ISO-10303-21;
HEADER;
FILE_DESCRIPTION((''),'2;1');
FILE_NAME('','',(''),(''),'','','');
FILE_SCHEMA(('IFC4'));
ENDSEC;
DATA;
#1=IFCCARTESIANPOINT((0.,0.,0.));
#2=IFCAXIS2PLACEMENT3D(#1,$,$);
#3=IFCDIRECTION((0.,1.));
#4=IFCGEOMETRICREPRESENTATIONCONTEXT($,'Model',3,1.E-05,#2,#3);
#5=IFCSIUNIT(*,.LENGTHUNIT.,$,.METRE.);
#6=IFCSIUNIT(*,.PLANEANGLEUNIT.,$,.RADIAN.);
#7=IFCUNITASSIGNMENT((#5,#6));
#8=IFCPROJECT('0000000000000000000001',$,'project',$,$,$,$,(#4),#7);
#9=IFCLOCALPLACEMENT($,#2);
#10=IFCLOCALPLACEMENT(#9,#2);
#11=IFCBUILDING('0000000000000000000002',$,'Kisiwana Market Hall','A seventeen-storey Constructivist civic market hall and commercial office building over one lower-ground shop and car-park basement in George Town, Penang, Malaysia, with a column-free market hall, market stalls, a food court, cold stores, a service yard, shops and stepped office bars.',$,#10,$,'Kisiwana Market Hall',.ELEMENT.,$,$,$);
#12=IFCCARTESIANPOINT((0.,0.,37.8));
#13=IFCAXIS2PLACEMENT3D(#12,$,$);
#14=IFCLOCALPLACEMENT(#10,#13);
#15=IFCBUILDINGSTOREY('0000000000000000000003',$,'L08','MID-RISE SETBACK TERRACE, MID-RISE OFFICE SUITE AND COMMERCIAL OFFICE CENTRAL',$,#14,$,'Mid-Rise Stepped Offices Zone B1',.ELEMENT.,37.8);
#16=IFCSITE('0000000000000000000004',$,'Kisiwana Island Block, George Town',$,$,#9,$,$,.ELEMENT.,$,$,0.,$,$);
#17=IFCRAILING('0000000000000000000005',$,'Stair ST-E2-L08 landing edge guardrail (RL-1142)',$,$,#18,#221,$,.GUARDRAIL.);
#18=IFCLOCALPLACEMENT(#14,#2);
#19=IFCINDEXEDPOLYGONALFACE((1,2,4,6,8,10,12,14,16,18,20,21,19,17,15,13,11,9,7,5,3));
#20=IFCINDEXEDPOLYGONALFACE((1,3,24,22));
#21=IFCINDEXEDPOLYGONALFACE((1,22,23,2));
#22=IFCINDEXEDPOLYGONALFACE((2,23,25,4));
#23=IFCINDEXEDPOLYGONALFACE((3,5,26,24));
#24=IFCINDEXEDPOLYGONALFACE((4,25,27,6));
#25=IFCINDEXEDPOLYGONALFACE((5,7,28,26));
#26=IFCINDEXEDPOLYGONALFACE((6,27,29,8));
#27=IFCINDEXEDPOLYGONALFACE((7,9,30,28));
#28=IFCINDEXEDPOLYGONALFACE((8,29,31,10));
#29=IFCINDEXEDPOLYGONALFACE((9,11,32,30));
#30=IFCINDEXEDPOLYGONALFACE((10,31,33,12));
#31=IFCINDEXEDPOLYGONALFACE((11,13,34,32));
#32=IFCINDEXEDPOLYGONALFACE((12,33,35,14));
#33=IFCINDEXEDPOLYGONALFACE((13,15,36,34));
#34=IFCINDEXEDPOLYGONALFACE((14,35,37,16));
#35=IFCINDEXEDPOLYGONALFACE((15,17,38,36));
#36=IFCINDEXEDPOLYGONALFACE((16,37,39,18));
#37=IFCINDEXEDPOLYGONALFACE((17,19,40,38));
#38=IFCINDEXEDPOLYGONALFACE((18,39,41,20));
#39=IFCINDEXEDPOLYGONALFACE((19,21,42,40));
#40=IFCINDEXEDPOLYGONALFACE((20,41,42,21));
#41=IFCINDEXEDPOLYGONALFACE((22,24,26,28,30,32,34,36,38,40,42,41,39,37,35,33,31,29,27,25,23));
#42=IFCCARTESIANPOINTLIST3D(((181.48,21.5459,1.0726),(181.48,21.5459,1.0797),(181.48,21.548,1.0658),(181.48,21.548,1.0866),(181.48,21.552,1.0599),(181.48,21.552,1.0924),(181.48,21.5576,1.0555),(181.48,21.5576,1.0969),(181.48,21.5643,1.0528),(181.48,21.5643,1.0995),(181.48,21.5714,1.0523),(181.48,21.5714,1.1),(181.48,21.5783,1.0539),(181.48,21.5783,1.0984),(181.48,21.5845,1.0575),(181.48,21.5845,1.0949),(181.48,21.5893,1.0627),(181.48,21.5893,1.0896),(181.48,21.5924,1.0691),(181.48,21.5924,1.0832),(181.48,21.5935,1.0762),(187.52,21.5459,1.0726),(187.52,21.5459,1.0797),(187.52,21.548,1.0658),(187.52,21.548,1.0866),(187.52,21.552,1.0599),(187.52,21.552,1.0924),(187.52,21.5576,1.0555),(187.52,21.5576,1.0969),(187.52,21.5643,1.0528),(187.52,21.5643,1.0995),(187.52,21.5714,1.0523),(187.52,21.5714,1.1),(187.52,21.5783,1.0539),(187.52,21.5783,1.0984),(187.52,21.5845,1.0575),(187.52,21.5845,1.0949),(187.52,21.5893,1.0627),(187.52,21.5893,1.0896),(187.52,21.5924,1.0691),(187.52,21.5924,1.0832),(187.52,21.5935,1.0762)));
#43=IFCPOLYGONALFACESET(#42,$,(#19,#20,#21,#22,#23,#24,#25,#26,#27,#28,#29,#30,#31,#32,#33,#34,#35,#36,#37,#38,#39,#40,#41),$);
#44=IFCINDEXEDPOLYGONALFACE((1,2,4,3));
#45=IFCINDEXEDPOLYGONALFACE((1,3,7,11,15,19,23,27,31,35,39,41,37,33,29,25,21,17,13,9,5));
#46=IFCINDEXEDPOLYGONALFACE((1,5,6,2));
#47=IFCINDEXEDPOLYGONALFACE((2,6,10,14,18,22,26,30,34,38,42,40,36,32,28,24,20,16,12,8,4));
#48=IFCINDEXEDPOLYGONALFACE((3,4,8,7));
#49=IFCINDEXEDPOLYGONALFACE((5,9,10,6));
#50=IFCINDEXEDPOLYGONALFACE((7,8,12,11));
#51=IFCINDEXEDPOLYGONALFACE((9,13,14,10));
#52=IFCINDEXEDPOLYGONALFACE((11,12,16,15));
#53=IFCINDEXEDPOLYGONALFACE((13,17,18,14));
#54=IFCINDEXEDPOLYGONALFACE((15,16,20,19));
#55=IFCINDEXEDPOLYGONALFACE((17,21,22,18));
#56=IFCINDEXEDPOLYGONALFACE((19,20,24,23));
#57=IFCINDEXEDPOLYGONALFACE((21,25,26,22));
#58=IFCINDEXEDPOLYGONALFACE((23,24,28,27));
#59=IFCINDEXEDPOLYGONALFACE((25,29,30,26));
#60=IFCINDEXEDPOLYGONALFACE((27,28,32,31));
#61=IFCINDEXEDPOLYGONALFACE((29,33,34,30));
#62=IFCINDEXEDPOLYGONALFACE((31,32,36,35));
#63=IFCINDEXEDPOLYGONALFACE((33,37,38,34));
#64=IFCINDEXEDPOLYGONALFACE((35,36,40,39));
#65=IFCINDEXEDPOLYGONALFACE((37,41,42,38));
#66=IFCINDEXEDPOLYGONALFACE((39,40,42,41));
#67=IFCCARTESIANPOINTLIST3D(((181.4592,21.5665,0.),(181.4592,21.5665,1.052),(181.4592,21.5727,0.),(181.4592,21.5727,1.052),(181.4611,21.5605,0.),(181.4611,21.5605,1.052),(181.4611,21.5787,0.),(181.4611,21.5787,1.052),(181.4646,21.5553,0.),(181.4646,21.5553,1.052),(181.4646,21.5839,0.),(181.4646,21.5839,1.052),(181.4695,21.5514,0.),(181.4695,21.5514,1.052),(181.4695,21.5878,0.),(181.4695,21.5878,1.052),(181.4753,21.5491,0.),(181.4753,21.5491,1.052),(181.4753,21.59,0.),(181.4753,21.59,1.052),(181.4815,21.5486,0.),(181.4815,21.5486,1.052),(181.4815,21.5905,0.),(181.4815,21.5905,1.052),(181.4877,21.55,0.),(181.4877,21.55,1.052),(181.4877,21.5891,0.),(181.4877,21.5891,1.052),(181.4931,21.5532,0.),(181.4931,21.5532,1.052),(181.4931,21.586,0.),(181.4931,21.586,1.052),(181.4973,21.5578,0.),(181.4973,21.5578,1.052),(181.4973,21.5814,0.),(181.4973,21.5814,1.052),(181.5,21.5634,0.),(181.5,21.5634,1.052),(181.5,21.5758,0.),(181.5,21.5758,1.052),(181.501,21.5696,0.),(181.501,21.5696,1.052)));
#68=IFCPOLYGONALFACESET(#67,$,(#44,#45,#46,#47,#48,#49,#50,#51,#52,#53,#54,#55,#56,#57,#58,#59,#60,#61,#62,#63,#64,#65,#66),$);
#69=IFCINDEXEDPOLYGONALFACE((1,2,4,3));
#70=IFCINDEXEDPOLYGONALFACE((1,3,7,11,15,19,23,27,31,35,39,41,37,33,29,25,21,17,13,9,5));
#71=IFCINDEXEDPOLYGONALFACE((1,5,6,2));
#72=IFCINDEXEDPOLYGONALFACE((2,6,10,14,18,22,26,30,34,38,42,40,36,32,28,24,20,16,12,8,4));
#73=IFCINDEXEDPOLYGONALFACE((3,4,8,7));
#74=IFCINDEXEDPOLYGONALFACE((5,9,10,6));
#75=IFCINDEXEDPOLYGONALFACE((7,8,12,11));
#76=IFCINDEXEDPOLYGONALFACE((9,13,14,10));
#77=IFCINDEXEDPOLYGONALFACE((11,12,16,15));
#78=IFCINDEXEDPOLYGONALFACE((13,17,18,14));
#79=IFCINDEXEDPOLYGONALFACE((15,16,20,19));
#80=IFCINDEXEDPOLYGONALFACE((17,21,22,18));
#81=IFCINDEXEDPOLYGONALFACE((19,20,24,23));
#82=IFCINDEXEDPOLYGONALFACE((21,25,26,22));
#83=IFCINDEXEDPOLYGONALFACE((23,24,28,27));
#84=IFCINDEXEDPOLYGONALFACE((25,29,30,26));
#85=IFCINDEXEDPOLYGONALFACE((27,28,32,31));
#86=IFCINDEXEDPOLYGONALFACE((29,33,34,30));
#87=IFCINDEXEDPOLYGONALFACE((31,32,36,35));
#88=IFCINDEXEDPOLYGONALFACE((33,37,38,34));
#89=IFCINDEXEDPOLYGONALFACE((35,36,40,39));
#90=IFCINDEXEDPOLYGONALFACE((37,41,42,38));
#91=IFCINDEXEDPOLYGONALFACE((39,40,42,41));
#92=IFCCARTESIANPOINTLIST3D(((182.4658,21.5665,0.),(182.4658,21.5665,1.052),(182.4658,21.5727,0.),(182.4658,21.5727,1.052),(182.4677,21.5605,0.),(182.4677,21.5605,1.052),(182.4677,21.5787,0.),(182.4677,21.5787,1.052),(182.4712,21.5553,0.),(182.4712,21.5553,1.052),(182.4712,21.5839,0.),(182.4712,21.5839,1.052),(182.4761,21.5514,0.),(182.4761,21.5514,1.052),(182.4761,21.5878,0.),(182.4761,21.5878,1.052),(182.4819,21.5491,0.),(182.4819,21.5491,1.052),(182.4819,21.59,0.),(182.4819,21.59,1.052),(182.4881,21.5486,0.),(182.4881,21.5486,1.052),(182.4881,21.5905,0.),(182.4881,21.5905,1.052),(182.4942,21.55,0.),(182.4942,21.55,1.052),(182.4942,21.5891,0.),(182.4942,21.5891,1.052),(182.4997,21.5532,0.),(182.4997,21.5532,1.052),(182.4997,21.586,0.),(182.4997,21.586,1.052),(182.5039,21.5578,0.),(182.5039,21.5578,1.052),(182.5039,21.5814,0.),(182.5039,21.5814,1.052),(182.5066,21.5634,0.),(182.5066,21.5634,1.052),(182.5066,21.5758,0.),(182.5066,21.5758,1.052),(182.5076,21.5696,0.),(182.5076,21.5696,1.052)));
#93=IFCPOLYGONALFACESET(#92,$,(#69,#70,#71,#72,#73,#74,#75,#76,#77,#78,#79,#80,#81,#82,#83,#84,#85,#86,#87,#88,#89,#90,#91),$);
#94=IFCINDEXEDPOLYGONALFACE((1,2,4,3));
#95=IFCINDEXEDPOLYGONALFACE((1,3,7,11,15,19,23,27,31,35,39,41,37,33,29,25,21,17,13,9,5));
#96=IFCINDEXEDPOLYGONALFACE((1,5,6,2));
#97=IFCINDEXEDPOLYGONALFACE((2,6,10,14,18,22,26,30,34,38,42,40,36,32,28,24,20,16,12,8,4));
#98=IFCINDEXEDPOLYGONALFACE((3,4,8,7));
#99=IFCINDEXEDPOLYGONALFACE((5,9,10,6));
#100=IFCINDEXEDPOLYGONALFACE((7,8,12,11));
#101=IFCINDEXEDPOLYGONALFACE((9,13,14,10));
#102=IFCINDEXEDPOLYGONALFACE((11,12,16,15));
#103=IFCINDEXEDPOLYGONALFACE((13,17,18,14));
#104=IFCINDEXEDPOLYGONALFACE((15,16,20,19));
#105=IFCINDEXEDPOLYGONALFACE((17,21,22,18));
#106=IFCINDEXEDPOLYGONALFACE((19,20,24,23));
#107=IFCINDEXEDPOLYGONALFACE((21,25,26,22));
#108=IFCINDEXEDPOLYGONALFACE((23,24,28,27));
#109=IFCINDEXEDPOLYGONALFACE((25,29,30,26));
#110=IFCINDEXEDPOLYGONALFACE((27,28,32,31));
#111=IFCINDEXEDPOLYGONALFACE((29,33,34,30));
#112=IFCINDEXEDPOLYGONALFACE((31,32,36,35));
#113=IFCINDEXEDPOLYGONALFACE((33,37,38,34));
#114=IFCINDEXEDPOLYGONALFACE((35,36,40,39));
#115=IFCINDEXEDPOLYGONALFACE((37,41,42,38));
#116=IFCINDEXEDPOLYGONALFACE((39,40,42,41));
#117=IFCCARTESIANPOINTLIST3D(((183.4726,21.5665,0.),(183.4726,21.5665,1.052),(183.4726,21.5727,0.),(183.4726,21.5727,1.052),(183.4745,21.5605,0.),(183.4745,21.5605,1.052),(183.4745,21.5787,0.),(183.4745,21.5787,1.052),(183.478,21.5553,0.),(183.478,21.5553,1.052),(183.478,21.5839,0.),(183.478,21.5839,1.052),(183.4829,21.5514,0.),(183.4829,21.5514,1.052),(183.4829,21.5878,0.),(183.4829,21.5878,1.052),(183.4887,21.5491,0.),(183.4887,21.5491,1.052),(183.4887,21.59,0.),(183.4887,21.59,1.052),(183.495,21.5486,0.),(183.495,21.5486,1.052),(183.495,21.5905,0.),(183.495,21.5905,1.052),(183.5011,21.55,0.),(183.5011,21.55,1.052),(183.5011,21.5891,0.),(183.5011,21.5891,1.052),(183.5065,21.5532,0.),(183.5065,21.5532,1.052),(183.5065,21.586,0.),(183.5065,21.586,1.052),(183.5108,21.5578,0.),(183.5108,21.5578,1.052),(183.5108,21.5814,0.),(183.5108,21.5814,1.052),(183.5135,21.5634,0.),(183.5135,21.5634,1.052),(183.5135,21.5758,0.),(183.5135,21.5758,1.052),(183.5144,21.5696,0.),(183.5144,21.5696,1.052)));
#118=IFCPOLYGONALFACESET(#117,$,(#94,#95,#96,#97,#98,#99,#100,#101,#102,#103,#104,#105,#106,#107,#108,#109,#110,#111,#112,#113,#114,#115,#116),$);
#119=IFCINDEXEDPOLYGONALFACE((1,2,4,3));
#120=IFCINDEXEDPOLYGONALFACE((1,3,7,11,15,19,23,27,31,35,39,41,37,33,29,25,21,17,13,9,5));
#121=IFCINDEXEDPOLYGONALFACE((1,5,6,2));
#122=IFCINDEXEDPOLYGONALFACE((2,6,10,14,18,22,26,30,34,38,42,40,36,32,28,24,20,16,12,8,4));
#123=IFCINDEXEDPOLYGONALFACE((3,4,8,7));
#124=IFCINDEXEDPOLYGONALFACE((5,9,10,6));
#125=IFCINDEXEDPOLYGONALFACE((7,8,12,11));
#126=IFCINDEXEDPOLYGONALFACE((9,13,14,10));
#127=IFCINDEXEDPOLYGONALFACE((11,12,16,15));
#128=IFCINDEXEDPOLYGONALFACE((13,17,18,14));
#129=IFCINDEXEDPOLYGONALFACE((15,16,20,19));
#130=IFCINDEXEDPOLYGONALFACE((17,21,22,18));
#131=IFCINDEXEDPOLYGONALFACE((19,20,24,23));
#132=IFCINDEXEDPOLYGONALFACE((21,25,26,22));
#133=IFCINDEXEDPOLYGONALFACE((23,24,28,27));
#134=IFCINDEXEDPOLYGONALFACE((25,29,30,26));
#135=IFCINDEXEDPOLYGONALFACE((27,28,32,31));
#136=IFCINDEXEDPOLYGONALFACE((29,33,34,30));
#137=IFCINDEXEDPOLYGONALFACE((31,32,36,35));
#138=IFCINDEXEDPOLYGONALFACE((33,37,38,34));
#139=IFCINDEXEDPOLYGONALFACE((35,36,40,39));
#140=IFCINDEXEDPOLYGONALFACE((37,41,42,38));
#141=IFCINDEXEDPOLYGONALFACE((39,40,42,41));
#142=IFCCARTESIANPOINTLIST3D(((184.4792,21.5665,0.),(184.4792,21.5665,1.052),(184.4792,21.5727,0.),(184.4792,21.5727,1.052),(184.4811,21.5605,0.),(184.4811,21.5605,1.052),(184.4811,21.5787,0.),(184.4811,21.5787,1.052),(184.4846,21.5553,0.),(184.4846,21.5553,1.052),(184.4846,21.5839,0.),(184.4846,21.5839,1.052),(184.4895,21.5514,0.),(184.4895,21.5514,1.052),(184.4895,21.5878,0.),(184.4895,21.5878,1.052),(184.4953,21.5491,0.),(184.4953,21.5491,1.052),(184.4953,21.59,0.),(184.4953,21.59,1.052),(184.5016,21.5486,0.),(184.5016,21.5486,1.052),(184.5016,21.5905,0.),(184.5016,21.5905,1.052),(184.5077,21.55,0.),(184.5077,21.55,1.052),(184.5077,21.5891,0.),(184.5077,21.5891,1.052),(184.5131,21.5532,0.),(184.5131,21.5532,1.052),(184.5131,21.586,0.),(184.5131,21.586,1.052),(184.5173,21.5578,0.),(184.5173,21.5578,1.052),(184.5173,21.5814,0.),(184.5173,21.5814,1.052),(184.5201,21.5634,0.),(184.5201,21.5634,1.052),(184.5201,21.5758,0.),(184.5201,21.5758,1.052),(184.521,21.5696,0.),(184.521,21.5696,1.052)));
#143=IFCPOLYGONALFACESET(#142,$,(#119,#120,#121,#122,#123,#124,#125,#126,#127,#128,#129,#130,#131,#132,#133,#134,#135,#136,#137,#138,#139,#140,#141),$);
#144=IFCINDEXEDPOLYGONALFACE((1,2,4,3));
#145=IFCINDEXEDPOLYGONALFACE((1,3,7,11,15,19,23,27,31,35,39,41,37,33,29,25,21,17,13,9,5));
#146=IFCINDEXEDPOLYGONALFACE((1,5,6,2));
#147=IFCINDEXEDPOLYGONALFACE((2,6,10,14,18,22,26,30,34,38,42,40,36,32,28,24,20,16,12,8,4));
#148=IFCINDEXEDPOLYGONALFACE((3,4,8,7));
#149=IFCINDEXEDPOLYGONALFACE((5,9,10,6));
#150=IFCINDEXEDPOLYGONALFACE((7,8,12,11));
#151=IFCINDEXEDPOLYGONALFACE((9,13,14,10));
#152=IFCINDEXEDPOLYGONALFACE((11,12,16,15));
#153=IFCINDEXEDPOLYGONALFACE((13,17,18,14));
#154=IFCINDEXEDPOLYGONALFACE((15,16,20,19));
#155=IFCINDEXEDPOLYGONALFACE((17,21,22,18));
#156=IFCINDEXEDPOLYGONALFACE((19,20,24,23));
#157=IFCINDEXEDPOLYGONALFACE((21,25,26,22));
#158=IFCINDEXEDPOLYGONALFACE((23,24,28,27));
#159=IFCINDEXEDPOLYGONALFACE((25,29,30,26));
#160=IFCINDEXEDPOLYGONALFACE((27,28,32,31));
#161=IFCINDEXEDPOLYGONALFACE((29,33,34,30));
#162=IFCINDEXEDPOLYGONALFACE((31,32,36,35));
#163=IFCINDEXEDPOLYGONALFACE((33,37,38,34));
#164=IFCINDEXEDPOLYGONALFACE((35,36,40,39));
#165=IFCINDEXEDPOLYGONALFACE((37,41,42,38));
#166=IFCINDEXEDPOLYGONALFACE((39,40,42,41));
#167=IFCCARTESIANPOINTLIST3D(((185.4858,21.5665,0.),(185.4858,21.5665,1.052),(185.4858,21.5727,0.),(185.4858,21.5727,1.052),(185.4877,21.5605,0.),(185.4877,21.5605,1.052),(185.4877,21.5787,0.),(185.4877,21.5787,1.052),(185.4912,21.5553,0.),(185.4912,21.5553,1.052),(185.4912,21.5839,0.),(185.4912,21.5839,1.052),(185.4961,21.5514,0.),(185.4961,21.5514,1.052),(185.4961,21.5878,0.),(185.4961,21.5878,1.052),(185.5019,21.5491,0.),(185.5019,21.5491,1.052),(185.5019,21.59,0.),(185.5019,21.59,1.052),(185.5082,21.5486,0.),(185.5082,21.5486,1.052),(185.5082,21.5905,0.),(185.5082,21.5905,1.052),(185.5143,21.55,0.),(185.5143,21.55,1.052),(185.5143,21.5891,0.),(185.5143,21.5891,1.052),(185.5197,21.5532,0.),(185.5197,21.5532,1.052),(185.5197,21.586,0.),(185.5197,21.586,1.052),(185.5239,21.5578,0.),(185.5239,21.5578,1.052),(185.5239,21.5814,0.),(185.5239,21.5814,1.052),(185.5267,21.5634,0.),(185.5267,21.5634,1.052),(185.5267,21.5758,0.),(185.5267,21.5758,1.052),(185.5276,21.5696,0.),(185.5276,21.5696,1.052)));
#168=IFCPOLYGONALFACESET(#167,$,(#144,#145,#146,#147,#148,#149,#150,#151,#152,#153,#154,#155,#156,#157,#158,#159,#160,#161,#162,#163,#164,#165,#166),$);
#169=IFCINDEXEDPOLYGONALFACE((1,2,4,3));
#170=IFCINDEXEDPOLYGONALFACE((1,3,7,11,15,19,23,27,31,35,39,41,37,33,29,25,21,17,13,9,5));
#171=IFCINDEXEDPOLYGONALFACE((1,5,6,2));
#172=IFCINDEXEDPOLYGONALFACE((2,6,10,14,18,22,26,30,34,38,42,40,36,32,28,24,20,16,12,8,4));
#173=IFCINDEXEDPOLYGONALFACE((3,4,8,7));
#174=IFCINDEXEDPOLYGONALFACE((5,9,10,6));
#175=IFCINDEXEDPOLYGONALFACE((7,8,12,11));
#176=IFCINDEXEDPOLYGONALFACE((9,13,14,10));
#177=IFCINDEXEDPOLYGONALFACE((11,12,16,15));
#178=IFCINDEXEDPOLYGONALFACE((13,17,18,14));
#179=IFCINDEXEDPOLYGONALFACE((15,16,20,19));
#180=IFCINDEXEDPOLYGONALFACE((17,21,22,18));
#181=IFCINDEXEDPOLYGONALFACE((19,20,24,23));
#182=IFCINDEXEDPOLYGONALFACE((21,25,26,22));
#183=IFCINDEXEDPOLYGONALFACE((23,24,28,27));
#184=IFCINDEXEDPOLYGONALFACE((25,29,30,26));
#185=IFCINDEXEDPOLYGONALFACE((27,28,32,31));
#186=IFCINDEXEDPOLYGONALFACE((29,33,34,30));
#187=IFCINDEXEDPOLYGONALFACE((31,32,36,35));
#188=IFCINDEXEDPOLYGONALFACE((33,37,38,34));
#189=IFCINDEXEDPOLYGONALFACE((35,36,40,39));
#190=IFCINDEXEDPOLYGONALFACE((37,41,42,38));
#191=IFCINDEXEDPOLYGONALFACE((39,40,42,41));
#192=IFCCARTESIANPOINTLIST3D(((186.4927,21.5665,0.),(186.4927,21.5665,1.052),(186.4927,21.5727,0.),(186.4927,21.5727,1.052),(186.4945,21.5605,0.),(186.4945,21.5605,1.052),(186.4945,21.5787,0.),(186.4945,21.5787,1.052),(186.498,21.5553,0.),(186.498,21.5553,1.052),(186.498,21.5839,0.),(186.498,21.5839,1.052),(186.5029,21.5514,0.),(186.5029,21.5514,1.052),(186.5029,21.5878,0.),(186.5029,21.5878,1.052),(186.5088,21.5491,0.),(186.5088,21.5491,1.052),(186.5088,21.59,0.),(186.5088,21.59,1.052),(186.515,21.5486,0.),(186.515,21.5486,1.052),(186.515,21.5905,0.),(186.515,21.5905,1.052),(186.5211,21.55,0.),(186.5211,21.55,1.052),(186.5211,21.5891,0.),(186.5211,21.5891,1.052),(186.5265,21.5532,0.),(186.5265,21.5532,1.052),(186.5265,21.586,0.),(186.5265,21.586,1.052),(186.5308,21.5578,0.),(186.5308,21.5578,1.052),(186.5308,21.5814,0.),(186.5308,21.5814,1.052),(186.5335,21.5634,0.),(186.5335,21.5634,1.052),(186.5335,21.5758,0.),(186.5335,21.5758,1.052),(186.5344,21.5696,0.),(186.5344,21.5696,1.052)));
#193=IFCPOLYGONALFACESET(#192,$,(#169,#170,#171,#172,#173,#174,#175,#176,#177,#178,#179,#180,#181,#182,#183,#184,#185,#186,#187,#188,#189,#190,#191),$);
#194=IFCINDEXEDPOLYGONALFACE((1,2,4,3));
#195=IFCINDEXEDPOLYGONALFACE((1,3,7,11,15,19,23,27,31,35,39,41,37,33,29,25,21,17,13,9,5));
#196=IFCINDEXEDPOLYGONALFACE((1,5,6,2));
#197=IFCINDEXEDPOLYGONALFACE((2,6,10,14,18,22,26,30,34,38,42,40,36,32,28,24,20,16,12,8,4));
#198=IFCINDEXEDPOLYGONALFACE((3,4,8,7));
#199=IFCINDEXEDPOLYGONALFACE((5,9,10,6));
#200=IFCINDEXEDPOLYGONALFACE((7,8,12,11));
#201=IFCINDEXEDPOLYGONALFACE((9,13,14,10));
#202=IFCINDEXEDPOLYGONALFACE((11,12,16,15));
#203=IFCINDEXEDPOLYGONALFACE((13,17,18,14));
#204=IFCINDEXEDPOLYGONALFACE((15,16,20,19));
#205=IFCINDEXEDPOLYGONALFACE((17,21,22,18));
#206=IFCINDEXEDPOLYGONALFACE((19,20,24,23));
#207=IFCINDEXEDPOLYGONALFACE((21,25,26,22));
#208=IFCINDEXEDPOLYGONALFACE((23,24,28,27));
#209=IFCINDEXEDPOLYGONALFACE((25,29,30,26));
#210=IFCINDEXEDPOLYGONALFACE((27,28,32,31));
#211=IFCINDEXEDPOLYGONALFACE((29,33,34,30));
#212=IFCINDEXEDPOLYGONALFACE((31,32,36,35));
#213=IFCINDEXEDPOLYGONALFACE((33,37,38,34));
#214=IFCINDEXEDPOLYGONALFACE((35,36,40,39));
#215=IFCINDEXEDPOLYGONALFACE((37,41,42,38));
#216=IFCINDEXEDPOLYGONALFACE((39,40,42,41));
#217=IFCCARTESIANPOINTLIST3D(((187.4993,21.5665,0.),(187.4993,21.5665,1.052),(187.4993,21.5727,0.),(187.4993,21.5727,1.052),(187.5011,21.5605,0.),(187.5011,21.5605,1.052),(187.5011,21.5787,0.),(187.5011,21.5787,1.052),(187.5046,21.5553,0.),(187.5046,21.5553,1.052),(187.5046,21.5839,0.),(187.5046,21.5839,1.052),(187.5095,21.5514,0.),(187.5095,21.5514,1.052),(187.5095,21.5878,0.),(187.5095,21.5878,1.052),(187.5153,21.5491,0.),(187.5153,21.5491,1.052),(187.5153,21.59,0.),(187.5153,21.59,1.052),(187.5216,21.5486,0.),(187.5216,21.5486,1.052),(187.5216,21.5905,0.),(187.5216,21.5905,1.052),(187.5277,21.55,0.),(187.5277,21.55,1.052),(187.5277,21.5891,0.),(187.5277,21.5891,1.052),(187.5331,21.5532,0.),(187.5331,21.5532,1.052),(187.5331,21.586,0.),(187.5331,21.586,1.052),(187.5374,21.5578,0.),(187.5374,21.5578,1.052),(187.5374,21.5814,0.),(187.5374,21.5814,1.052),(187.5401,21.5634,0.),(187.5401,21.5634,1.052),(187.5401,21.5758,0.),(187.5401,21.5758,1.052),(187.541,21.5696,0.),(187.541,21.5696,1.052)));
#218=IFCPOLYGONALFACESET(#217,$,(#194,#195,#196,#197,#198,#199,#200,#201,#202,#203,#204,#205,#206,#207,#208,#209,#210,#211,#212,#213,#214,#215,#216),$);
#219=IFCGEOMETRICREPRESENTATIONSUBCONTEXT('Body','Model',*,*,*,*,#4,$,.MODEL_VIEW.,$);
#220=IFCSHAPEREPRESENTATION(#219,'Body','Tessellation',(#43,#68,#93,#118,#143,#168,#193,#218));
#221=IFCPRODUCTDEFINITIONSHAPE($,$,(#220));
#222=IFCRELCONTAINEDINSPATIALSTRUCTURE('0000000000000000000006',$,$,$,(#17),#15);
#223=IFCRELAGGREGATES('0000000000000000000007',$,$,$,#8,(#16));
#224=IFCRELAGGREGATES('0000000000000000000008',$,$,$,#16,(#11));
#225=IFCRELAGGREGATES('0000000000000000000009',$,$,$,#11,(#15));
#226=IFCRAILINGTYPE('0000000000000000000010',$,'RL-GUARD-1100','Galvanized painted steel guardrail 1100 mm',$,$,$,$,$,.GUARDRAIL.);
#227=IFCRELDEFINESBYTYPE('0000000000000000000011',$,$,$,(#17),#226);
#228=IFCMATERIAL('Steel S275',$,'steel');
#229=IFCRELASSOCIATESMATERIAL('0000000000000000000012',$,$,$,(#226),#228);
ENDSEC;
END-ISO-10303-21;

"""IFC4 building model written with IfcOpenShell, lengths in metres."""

from ifc_helpers import new_model, si_unit, direction, frame, origin, origin_2d, place, context, subcontext, project, spatial, circle, extrude, material, type_object, element, save


model = new_model("IFC4")

# Units and contexts
model_context = context("Model", 3, precision=1e-05, world=origin(), true_north=direction((0.0, 1.0)))
body_context = subcontext(model_context, "Body", "Model", "MODEL_VIEW")
ifc_project = project(units=[si_unit("LENGTHUNIT", "METRE"), si_unit("PLANEANGLEUNIT", "RADIAN")], contexts=[model_context])

# Site, building, storey
site_placement = place(None, origin())
site = spatial("IfcSite", under=ifc_project, at=site_placement, Name="Kisiwana Island Block, George Town", CompositionType="ELEMENT", RefElevation=0.0)
building_placement = place(site_placement, origin())
building = spatial("IfcBuilding", under=site, at=building_placement, Name="Kisiwana Market Hall", Description="A seventeen-storey Constructivist civic market hall and commercial office building over one lower-ground shop and car-park basement in George Town, Penang, Malaysia, with a column-free market hall, market stalls, a food court, cold stores, a service yard, shops and stepped office bars.", LongName="Kisiwana Market Hall", CompositionType="ELEMENT")
storey_placement = place(building_placement, frame((0.0, 0.0, 37.8)))
storey = spatial("IfcBuildingStorey", under=building, at=storey_placement, Name="L08", Description="MID-RISE SETBACK TERRACE, MID-RISE OFFICE SUITE AND COMMERCIAL OFFICE CENTRAL", LongName="Mid-Rise Stepped Offices Zone B1", CompositionType="ELEMENT", Elevation=37.8)

# Railing
ifc_material_1 = material(Name="Steel S275", Category="steel")
railing_type_1 = type_object("IfcRailingType", Name="RL-GUARD-1100", Description="Galvanized painted steel guardrail 1100 mm", PredefinedType="GUARDRAIL", material=ifc_material_1)
railing_1_placement = place(storey_placement, frame((181.48, 21.5696, 0.0)))
element("IfcRailing", 1, at=railing_1_placement, inside=storey, type_object=railing_type_1, Name="Stair ST-E2-L08 landing edge guardrail (RL-1142)", PredefinedType="GUARDRAIL", context=body_context, shape_type="SweptSolid", body=[
    extrude(circle(Radius=0.0239, at=origin_2d()), frame((0.0, 0.0, 1.0762), z_axis=(1.0, 0.0, 0.0), x_axis=(0.0, 1.0, 0.0)), (0.0, 0.0, 1.0), 6.04),
    extrude(circle(Radius=0.021, at=origin_2d()), origin(), (0.0, 0.0, 1.0), 1.052),
    extrude(circle(Radius=0.021, at=origin_2d()), frame((1.0066, 0.0, 0.0)), (0.0, 0.0, 1.0), 1.052),
    extrude(circle(Radius=0.021, at=origin_2d()), frame((2.0134, 0.0, 0.0)), (0.0, 0.0, 1.0), 1.052),
    extrude(circle(Radius=0.021, at=origin_2d()), frame((3.02, 0.0, 0.0)), (0.0, 0.0, 1.0), 1.052),
    extrude(circle(Radius=0.021, at=origin_2d()), frame((4.0266, 0.0, 0.0)), (0.0, 0.0, 1.0), 1.052),
    extrude(circle(Radius=0.021, at=origin_2d()), frame((5.0334, 0.0, 0.0)), (0.0, 0.0, 1.0), 1.052),
    extrude(circle(Radius=0.021, at=origin_2d()), frame((6.04, 0.0, 0.0)), (0.0, 0.0, 1.0), 1.052),
])

save(model, "model.ifc")
